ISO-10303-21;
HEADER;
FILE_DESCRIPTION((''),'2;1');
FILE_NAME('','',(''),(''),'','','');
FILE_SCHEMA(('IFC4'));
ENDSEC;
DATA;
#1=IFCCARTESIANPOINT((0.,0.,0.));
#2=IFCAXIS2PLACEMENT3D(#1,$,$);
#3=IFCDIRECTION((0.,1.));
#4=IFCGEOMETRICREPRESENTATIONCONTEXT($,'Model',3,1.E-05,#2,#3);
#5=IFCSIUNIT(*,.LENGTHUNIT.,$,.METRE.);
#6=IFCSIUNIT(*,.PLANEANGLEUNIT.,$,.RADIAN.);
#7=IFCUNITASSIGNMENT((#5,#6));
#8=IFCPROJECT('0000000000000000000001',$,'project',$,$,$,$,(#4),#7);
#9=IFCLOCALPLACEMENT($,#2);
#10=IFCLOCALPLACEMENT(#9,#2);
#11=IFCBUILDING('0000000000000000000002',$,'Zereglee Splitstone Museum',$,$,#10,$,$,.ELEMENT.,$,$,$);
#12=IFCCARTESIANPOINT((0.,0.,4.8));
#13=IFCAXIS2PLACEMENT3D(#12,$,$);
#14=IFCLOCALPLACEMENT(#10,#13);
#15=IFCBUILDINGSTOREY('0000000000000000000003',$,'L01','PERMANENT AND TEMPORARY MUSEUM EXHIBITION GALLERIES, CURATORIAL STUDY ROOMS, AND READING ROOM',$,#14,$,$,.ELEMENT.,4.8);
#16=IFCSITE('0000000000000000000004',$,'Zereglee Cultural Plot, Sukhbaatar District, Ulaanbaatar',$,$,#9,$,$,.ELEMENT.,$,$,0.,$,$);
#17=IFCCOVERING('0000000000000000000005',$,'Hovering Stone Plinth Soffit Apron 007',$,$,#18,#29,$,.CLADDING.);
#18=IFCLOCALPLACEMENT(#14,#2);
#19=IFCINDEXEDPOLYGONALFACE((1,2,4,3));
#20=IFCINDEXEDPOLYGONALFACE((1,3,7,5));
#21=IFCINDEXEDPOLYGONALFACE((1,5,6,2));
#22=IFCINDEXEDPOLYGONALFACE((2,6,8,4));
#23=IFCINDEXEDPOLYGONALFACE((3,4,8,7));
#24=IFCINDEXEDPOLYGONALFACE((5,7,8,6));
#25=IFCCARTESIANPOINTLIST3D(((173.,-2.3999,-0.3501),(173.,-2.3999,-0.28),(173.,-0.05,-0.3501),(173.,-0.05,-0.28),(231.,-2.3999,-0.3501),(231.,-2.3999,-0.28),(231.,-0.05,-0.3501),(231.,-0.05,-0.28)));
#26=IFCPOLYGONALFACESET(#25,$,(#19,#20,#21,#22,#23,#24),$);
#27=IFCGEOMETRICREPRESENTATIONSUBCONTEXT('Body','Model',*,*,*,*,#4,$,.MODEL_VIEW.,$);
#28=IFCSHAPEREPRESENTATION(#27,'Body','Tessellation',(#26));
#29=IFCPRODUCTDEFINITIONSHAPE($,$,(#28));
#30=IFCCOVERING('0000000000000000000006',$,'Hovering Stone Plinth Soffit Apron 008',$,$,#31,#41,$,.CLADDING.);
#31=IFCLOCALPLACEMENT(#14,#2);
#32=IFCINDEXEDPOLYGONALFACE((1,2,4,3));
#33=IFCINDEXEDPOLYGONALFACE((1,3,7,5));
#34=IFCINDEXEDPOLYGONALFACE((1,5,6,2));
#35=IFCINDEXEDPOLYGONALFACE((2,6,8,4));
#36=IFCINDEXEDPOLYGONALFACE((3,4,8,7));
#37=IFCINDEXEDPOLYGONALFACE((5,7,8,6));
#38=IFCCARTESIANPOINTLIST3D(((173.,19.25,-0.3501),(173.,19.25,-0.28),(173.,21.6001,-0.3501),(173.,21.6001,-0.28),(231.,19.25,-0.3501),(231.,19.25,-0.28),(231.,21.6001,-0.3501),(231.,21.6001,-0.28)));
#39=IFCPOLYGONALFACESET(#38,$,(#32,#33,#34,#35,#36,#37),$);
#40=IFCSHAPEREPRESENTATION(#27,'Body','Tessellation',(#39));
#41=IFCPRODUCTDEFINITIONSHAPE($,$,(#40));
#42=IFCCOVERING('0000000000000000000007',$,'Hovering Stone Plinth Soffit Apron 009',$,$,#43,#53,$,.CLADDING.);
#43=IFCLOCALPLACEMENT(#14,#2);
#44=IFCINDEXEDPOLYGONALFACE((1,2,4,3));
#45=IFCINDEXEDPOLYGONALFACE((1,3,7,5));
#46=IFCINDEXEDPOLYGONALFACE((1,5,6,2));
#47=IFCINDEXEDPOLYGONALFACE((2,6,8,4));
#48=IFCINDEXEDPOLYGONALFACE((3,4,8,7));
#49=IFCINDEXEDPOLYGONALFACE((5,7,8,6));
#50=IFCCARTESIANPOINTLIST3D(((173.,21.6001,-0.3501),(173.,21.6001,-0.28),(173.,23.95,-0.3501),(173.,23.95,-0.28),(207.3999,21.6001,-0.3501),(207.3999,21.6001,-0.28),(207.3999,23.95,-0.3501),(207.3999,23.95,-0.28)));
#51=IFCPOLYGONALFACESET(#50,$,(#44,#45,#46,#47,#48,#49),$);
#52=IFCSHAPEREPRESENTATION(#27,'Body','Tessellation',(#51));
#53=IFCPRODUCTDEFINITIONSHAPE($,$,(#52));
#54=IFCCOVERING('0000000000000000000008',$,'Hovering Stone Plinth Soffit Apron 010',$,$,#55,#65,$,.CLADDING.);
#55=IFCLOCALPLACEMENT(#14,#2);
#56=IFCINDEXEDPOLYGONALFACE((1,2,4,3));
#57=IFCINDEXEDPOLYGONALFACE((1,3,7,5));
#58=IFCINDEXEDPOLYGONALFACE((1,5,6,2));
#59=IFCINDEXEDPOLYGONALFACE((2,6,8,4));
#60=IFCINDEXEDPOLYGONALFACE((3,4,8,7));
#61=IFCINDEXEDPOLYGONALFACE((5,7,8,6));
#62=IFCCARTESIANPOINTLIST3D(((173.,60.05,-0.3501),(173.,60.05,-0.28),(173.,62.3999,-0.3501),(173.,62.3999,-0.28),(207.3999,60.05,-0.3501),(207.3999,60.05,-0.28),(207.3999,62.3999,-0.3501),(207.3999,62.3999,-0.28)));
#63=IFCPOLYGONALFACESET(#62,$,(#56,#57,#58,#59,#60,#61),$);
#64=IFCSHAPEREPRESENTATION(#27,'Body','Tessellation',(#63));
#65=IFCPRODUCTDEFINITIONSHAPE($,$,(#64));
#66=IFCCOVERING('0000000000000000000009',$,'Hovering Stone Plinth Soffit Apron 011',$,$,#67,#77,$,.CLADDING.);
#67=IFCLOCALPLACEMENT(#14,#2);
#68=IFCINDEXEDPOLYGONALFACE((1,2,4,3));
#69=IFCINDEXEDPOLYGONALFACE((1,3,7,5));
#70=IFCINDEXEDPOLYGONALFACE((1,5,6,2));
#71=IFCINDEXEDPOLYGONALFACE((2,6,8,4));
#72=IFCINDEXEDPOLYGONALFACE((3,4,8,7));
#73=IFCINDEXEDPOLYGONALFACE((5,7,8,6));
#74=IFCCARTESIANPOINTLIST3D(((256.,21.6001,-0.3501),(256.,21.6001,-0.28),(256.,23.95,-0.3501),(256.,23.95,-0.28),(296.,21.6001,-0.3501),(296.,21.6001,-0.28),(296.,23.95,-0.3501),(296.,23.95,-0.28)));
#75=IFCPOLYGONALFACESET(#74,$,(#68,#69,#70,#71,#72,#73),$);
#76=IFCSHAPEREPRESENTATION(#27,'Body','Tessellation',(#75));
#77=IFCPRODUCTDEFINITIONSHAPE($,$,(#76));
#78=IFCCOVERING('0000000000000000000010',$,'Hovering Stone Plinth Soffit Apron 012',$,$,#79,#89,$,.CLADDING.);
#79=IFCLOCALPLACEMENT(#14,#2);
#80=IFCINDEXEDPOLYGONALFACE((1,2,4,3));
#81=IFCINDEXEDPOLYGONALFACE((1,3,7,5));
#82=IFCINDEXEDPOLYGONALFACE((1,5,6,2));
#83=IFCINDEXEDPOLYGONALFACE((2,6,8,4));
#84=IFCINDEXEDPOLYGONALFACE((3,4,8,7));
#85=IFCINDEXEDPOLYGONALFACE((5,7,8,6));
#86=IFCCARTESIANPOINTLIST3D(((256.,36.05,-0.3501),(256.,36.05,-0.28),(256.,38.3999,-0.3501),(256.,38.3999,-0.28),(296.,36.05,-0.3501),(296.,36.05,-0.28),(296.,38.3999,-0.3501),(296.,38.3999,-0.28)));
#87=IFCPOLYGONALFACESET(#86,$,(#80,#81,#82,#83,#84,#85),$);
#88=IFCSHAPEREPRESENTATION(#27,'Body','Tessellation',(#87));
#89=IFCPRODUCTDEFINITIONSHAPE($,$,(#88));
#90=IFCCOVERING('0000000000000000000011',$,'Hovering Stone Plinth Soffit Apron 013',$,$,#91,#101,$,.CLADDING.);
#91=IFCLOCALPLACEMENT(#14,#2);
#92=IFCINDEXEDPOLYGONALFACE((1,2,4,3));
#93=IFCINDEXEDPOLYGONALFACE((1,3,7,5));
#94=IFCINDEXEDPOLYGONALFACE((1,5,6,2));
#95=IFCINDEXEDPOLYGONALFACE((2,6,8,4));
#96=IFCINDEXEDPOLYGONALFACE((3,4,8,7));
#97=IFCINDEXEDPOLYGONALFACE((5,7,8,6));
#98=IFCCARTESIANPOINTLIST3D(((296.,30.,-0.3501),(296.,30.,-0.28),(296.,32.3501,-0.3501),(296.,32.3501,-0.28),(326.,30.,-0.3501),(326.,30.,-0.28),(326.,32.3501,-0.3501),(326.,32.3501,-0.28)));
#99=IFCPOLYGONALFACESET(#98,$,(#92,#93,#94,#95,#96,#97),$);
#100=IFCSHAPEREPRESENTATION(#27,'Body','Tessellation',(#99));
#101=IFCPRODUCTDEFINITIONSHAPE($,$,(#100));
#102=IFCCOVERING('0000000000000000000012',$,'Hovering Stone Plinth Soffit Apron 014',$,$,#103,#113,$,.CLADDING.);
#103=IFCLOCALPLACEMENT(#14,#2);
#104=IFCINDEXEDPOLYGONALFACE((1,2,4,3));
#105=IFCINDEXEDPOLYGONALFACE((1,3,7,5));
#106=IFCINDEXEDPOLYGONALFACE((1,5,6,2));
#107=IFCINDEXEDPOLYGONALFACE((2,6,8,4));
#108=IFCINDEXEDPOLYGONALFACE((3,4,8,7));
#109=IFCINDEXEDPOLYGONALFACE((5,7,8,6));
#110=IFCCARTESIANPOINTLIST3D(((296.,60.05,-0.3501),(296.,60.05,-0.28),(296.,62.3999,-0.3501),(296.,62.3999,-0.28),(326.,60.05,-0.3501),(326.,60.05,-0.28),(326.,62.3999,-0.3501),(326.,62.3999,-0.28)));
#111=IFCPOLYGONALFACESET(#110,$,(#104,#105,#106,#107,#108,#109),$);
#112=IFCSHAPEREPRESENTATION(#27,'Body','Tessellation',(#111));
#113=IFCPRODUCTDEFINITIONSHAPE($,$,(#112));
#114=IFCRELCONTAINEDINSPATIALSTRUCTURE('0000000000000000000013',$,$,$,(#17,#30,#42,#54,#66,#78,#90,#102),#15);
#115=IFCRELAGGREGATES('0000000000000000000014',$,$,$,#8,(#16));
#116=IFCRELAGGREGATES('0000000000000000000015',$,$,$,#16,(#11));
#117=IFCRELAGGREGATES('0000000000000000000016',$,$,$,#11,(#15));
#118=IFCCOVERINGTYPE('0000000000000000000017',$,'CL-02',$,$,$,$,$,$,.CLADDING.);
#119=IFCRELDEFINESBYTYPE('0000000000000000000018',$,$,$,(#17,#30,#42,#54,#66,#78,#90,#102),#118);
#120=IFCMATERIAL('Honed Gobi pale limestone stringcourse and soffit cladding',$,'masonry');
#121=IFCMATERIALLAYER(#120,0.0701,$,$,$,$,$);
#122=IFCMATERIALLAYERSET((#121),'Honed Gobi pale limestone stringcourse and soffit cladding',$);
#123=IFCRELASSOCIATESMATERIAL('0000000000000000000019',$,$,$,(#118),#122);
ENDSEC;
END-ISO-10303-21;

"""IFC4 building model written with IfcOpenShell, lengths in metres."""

from ifc_helpers import new_model, si_unit, direction, frame, origin, place, context, subcontext, project, spatial, polyline, outline, extrude, material, layer, layer_set, type_object, element, save


model = new_model("IFC4")

# Units and contexts
model_context = context("Model", 3, precision=1e-05, world=origin(), true_north=direction((0.0, 1.0)))
body_context = subcontext(model_context, "Body", "Model", "MODEL_VIEW")
ifc_project = project(units=[si_unit("LENGTHUNIT", "METRE"), si_unit("PLANEANGLEUNIT", "RADIAN")], contexts=[model_context])

# Site, building, storey
site_placement = place(None, origin())
site = spatial("IfcSite", under=ifc_project, at=site_placement, Name="Zereglee Cultural Plot, Sukhbaatar District, Ulaanbaatar", CompositionType="ELEMENT", RefElevation=0.0)
building_placement = place(site_placement, origin())
building = spatial("IfcBuilding", under=site, at=building_placement, Name="Zereglee Splitstone Museum", CompositionType="ELEMENT")
storey_placement = place(building_placement, frame((0.0, 0.0, 4.8)))
storey = spatial("IfcBuildingStorey", under=building, at=storey_placement, Name="L01", Description="PERMANENT AND TEMPORARY MUSEUM EXHIBITION GALLERIES, CURATORIAL STUDY ROOMS, AND READING ROOM", CompositionType="ELEMENT", Elevation=4.8)

# Coverings
ifc_material_1 = material(Name="Honed Gobi pale limestone stringcourse and soffit cladding", Category="masonry")
ifc_layer_1 = layer(ifc_material_1, 0.0701)
ifc_layer_set_1 = layer_set([ifc_layer_1], Name="Honed Gobi pale limestone stringcourse and soffit cladding")
covering_type = type_object("IfcCoveringType", Name="CL-02", PredefinedType="CLADDING", material=ifc_layer_set_1)
covering_1_placement = place(storey_placement, frame((0.0, 0.0, -0.3501)))
element("IfcCovering", 1, at=covering_1_placement, inside=storey, type_object=covering_type, Name="Hovering Stone Plinth Soffit Apron 007", PredefinedType="CLADDING", context=body_context, shape_type="SweptSolid", body=[
    extrude(outline(polyline([(173.0, -2.3999), (231.0, -2.3999), (231.0, -0.05), (173.0, -0.05), (173.0, -2.3999)])), origin(), (0.0, 0.0, 1.0), 0.0701),
])
covering_2_placement = place(storey_placement, frame((0.0, 0.0, -0.3501)))
element("IfcCovering", 2, at=covering_2_placement, inside=storey, type_object=covering_type, Name="Hovering Stone Plinth Soffit Apron 008", PredefinedType="CLADDING", context=body_context, shape_type="SweptSolid", body=[
    extrude(outline(polyline([(173.0, 19.25), (231.0, 19.25), (231.0, 21.6001), (173.0, 21.6001), (173.0, 19.25)])), origin(), (0.0, 0.0, 1.0), 0.0701),
])
covering_3_placement = place(storey_placement, frame((0.0, 0.0, -0.3501)))
element("IfcCovering", 3, at=covering_3_placement, inside=storey, type_object=covering_type, Name="Hovering Stone Plinth Soffit Apron 009", PredefinedType="CLADDING", context=body_context, shape_type="SweptSolid", body=[
    extrude(outline(polyline([(173.0, 21.6001), (207.3999, 21.6001), (207.3999, 23.95), (173.0, 23.95), (173.0, 21.6001)])), origin(), (0.0, 0.0, 1.0), 0.0701),
])
covering_4_placement = place(storey_placement, frame((0.0, 0.0, -0.3501)))
element("IfcCovering", 4, at=covering_4_placement, inside=storey, type_object=covering_type, Name="Hovering Stone Plinth Soffit Apron 010", PredefinedType="CLADDING", context=body_context, shape_type="SweptSolid", body=[
    extrude(outline(polyline([(173.0, 60.05), (207.3999, 60.05), (207.3999, 62.3999), (173.0, 62.3999), (173.0, 60.05)])), origin(), (0.0, 0.0, 1.0), 0.0701),
])
covering_5_placement = place(storey_placement, frame((0.0, 0.0, -0.3501)))
element("IfcCovering", 5, at=covering_5_placement, inside=storey, type_object=covering_type, Name="Hovering Stone Plinth Soffit Apron 011", PredefinedType="CLADDING", context=body_context, shape_type="SweptSolid", body=[
    extrude(outline(polyline([(256.0, 21.6001), (296.0, 21.6001), (296.0, 23.95), (256.0, 23.95), (256.0, 21.6001)])), origin(), (0.0, 0.0, 1.0), 0.0701),
])
covering_6_placement = place(storey_placement, frame((0.0, 0.0, -0.3501)))
element("IfcCovering", 6, at=covering_6_placement, inside=storey, type_object=covering_type, Name="Hovering Stone Plinth Soffit Apron 012", PredefinedType="CLADDING", context=body_context, shape_type="SweptSolid", body=[
    extrude(outline(polyline([(256.0, 36.05), (296.0, 36.05), (296.0, 38.3999), (256.0, 38.3999), (256.0, 36.05)])), origin(), (0.0, 0.0, 1.0), 0.0701),
])
covering_7_placement = place(storey_placement, frame((0.0, 0.0, -0.3501)))
element("IfcCovering", 7, at=covering_7_placement, inside=storey, type_object=covering_type, Name="Hovering Stone Plinth Soffit Apron 013", PredefinedType="CLADDING", context=body_context, shape_type="SweptSolid", body=[
    extrude(outline(polyline([(296.0, 30.0), (326.0, 30.0), (326.0, 32.3501), (296.0, 32.3501), (296.0, 30.0)])), origin(), (0.0, 0.0, 1.0), 0.0701),
])
covering_8_placement = place(storey_placement, frame((0.0, 0.0, -0.3501)))
element("IfcCovering", 8, at=covering_8_placement, inside=storey, type_object=covering_type, Name="Hovering Stone Plinth Soffit Apron 014", PredefinedType="CLADDING", context=body_context, shape_type="SweptSolid", body=[
    extrude(outline(polyline([(296.0, 60.05), (326.0, 60.05), (326.0, 62.3999), (296.0, 62.3999), (296.0, 60.05)])), origin(), (0.0, 0.0, 1.0), 0.0701),
])

save(model, "model.ifc")
